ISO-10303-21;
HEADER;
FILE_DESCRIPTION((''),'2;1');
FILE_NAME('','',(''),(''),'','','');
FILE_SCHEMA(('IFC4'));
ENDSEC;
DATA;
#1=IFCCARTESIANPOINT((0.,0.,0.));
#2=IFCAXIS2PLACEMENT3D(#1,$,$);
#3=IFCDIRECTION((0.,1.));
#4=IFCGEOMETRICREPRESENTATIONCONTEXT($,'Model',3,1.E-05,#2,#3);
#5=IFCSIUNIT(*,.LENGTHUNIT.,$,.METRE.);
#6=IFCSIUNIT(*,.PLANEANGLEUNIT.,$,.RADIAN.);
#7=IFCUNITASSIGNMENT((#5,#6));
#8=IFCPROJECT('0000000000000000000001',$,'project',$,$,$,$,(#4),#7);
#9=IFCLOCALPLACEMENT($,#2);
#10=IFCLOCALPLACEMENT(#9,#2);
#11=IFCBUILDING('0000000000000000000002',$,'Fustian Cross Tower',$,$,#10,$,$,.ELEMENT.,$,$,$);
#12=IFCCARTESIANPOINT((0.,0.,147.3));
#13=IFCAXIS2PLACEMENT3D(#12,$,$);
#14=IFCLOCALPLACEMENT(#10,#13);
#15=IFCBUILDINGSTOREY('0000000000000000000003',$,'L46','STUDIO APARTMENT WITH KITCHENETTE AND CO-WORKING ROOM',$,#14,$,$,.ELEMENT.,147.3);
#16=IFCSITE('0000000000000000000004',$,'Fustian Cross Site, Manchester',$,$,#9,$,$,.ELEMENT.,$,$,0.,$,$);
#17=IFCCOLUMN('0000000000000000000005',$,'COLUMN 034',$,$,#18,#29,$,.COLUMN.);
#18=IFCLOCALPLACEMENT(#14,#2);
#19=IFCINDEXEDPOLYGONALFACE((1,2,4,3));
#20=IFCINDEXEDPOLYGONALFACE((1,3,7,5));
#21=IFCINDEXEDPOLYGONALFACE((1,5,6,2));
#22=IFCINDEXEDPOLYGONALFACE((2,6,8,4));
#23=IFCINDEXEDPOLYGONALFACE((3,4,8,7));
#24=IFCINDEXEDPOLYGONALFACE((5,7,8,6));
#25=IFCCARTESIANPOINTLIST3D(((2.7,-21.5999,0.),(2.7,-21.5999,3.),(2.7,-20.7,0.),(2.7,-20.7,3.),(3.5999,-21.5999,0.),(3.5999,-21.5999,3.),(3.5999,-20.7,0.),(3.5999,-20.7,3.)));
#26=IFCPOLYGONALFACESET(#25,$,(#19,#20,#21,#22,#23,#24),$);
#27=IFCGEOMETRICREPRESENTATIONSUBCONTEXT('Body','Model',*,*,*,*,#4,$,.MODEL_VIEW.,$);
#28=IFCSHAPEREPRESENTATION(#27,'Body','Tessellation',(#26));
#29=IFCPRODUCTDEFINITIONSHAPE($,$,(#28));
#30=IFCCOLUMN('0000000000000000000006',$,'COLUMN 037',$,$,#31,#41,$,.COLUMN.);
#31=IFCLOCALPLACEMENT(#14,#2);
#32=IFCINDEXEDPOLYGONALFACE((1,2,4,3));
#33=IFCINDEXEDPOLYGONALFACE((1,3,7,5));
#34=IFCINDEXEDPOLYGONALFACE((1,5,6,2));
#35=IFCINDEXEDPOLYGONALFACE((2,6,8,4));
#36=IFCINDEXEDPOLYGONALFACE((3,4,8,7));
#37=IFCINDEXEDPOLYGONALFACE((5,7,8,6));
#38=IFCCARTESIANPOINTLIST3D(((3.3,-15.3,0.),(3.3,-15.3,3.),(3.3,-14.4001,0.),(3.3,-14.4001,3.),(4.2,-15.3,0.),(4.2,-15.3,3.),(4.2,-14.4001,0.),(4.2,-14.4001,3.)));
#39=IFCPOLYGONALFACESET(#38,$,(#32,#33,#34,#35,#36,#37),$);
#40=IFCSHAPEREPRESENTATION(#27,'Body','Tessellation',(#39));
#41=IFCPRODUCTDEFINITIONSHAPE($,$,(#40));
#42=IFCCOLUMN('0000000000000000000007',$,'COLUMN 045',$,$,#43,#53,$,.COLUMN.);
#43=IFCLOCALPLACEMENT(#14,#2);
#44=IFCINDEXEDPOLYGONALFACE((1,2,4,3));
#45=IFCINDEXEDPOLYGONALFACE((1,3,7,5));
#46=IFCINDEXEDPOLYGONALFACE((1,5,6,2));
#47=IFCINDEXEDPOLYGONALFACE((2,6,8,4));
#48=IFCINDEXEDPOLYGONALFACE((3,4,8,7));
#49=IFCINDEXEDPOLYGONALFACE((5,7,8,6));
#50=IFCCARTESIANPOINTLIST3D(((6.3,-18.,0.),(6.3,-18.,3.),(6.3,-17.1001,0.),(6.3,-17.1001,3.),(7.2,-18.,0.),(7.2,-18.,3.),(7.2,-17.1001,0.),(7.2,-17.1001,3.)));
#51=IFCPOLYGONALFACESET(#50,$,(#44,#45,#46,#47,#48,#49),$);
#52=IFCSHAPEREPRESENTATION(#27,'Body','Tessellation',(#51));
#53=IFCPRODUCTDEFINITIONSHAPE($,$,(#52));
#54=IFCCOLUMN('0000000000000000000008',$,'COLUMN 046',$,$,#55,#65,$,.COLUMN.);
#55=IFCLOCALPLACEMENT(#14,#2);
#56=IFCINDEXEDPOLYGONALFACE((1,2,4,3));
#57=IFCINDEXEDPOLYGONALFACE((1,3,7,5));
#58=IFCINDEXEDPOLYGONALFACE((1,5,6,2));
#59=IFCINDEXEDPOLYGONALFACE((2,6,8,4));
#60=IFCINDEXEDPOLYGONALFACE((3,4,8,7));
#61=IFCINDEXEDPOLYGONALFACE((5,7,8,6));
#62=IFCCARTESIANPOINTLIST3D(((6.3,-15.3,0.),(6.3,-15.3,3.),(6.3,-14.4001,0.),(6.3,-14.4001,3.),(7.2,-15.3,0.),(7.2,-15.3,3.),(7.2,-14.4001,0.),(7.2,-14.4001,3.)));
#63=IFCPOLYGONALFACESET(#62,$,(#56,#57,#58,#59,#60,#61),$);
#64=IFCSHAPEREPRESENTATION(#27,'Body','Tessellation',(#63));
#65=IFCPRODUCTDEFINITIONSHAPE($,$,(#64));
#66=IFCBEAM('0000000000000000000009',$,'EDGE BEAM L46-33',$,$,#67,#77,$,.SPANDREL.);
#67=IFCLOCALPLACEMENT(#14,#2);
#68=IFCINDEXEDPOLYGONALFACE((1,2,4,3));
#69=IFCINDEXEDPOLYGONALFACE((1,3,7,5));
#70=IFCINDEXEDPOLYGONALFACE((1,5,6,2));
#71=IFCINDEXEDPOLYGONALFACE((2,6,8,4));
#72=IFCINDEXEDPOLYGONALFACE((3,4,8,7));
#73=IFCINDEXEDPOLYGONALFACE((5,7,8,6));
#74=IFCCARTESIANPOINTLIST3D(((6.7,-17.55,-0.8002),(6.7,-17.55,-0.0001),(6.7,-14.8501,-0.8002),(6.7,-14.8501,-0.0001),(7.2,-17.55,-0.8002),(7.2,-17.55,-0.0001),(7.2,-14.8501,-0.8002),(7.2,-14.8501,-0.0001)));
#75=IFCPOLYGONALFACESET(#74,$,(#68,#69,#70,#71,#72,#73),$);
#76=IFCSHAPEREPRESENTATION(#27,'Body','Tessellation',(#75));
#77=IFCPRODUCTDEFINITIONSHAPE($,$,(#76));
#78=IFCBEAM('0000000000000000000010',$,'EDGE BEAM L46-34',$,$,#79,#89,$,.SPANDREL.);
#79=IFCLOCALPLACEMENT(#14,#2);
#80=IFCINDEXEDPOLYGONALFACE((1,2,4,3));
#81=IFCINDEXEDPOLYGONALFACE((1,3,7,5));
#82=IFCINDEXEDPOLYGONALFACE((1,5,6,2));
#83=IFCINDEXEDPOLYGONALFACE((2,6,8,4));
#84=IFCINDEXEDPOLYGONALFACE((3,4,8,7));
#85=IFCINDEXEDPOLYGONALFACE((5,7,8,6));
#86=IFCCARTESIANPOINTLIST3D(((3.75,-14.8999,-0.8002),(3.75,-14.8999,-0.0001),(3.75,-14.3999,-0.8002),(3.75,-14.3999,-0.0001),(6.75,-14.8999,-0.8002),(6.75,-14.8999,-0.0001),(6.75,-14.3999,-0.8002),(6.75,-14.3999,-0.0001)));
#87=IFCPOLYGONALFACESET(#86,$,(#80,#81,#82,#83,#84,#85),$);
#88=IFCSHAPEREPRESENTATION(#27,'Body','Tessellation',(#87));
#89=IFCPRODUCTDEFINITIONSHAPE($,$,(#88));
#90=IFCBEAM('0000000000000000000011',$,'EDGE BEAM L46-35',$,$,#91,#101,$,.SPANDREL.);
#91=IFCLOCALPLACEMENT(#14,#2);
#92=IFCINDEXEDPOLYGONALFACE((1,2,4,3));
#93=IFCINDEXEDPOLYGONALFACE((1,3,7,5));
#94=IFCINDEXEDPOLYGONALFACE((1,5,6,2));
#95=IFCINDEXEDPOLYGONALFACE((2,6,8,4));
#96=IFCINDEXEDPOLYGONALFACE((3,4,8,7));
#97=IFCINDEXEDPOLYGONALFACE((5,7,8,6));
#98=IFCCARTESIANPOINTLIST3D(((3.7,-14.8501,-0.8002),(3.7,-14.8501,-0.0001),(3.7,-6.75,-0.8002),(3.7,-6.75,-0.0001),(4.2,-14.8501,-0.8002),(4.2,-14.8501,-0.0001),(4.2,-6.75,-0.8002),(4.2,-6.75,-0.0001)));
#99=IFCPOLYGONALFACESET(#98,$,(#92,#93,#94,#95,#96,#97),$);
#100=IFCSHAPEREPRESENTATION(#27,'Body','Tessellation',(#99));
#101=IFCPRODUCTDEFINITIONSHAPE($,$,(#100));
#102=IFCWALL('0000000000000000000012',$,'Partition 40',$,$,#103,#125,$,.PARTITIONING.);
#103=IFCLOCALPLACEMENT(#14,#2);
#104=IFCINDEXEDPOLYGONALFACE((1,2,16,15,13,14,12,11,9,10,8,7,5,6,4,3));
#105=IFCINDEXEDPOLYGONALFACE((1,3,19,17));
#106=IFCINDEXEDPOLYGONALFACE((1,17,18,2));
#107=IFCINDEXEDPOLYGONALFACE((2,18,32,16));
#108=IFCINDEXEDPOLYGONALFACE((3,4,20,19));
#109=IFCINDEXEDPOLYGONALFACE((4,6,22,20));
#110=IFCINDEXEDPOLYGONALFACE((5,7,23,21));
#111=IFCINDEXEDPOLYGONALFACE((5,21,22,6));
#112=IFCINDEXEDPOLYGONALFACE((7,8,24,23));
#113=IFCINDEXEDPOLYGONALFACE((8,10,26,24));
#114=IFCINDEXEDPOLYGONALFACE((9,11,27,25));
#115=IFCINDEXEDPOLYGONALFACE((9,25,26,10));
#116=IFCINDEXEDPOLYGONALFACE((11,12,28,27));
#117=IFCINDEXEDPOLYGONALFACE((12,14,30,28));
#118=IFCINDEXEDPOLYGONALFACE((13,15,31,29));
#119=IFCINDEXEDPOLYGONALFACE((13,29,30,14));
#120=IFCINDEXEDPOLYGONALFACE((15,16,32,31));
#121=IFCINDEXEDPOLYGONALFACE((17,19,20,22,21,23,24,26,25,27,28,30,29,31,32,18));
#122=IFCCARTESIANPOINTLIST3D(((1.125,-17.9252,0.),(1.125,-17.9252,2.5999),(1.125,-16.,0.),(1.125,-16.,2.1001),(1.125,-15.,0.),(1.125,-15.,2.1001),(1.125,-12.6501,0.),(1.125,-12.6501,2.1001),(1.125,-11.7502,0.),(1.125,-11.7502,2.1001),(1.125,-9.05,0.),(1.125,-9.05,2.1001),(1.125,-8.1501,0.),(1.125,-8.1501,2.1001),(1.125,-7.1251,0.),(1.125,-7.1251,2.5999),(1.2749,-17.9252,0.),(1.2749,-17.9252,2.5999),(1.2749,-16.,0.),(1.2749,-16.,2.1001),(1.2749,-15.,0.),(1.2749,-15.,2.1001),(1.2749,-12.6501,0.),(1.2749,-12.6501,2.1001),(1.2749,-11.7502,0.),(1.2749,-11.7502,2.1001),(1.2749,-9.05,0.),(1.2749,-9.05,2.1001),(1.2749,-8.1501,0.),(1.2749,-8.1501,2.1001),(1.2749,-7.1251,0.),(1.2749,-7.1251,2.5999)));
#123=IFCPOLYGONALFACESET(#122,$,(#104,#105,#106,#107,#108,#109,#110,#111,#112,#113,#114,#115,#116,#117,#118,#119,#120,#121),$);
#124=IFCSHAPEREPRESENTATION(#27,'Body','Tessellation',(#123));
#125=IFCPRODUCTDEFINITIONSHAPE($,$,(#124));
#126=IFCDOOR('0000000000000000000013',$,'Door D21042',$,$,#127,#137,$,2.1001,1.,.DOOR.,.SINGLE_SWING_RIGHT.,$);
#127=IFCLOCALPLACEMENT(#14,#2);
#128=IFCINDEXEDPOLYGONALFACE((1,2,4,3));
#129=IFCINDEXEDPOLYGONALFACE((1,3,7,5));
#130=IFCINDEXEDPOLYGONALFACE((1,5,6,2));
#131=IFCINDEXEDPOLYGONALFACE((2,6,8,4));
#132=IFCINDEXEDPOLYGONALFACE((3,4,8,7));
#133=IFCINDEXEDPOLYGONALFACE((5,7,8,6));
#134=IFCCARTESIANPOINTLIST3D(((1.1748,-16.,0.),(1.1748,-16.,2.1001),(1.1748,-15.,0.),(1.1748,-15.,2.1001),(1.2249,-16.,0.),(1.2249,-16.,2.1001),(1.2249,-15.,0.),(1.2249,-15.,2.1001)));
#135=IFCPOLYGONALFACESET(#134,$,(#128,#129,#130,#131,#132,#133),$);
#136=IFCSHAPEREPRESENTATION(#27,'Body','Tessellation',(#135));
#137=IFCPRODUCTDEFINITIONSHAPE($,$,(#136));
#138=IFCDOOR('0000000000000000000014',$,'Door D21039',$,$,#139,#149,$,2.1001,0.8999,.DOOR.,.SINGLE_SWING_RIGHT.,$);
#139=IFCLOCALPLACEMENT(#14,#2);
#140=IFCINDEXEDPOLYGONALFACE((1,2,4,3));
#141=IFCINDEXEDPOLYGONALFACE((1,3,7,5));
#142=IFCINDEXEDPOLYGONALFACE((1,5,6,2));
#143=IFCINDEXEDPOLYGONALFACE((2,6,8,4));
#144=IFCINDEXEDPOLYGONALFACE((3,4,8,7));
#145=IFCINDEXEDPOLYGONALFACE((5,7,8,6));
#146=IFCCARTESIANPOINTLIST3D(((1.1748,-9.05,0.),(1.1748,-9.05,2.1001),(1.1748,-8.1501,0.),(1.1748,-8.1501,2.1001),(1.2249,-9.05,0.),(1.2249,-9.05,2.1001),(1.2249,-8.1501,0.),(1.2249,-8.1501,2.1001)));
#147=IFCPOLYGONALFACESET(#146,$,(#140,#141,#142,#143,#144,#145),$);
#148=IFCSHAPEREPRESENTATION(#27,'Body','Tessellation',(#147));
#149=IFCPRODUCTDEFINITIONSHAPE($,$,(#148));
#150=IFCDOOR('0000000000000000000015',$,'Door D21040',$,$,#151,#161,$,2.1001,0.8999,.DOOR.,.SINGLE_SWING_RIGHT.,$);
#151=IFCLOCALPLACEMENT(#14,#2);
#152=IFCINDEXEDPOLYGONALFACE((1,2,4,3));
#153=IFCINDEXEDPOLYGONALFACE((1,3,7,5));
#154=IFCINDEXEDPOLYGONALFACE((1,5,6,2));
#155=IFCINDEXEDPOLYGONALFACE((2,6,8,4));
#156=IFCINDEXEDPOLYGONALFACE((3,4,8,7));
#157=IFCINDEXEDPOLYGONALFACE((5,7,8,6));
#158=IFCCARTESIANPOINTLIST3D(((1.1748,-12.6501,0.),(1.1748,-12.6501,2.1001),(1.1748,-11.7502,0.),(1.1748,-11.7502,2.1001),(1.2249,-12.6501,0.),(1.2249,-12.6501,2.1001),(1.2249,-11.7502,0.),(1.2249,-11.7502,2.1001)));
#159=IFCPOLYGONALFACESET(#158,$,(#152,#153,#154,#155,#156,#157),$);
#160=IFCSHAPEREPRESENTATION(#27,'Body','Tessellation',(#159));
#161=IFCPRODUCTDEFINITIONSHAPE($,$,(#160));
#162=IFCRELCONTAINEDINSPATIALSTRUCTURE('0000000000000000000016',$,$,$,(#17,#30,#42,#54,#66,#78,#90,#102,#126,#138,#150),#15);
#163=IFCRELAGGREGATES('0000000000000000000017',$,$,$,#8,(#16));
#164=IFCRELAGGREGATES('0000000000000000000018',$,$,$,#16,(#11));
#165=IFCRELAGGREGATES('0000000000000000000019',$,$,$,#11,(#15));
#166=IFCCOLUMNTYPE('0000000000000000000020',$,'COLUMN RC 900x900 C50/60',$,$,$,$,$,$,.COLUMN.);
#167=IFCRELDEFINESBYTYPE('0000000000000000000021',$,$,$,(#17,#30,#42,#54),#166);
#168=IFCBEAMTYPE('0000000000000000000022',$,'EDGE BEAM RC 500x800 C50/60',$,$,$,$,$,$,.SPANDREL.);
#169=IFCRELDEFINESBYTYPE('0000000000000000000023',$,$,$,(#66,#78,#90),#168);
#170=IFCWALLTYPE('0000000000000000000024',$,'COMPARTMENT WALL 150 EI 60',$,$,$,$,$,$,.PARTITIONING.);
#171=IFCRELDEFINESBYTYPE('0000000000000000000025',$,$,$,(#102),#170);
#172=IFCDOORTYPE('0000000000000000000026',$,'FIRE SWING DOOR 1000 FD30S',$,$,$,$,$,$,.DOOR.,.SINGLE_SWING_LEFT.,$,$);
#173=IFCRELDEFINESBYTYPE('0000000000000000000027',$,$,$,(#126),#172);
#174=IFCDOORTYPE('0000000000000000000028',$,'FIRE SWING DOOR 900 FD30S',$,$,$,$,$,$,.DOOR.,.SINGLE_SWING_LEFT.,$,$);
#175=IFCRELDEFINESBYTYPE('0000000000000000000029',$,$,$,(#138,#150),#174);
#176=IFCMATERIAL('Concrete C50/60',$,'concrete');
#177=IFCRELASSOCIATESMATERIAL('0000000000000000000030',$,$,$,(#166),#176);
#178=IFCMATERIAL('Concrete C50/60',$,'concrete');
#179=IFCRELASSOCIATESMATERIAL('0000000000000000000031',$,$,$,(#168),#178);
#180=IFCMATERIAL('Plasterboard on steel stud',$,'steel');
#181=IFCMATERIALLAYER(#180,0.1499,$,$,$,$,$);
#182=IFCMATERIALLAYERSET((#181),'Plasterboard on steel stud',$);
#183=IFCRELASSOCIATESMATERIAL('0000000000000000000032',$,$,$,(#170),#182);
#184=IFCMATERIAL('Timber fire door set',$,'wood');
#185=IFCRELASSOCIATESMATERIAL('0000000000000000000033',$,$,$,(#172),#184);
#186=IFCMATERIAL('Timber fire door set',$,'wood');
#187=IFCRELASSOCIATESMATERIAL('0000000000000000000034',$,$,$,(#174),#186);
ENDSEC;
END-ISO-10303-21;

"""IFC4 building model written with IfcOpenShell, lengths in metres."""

from ifc_helpers import new_model, si_unit, direction, frame, frame_2d, origin, origin_2d, place, context, subcontext, project, spatial, rectangle, extrude, material, layer, layer_set, material_profile, profile_set, type_object, element, fill, save


model = new_model("IFC4")

# Units and contexts
model_context = context("Model", 3, precision=1e-05, world=origin(), true_north=direction((0.0, 1.0)))
body_context = subcontext(model_context, "Body", "Model", "MODEL_VIEW")
ifc_project = project(units=[si_unit("LENGTHUNIT", "METRE"), si_unit("PLANEANGLEUNIT", "RADIAN")], contexts=[model_context])

# Site, building, storey
site_placement = place(None, origin())
site = spatial("IfcSite", under=ifc_project, at=site_placement, Name="Fustian Cross Site, Manchester", CompositionType="ELEMENT", RefElevation=0.0)
building_placement = place(site_placement, origin())
building = spatial("IfcBuilding", under=site, at=building_placement, Name="Fustian Cross Tower", CompositionType="ELEMENT")
storey_placement = place(building_placement, frame((0.0, 0.0, 147.3)))
storey = spatial("IfcBuildingStorey", under=building, at=storey_placement, Name="L46", Description="STUDIO APARTMENT WITH KITCHENETTE AND CO-WORKING ROOM", CompositionType="ELEMENT", Elevation=147.3)

# Columns
ifc_material_1 = material(Name="Concrete C50/60", Category="concrete")
ifc_material_profile_1 = material_profile(ifc_material_1, rectangle(XDim=0.8999, YDim=0.8999, at=origin_2d()), Name="RC 900x900")
ifc_profile_set_1 = profile_set([ifc_material_profile_1], Name="Concrete C50/60")
column_type = type_object("IfcColumnType", Name="COLUMN RC 900x900 C50/60", PredefinedType="COLUMN", material=ifc_profile_set_1)
for number, where, z_axis, x_axis, name in (
    (1, (3.1499, -21.1499, 0.0), (0.0, 0.0, 1.0), (1.0, 0.0, 0.0), "COLUMN 034"),
    (2, (3.75, -14.8501, 0.0), (0.0, 0.0, 1.0), (1.0, 0.0, 0.0), "COLUMN 037"),
    (3, (6.75, -17.55, 0.0), (0.0, 0.0, 1.0), (1.0, 0.0, 0.0), "COLUMN 045"),
    (4, (6.75, -14.8501, 0.0), (0.0, 0.0, 1.0), (1.0, 0.0, 0.0), "COLUMN 046"),
):
    element("IfcColumn", number, at=place(storey_placement, frame(where, z_axis=z_axis, x_axis=x_axis)), inside=storey, type_object=column_type, Name=name, PredefinedType="COLUMN", context=body_context, shape_type="SweptSolid", body=[
        extrude(rectangle(XDim=0.8999, YDim=0.8999, at=origin_2d()), origin(), (0.0, 0.0, 1.0), 3.0),
    ])

# Beams
ifc_material_2 = material(Name="Concrete C50/60", Category="concrete")
ifc_material_profile_2 = material_profile(ifc_material_2, rectangle(XDim=0.5, YDim=0.8, at=origin_2d()), Name="RC 500x800")
ifc_profile_set_2 = profile_set([ifc_material_profile_2], Name="Concrete C50/60")
beam_type = type_object("IfcBeamType", Name="EDGE BEAM RC 500x800 C50/60", PredefinedType="SPANDREL", material=ifc_profile_set_2)
beam_1_placement = place(storey_placement, frame((6.95, -17.55, -0.4001), z_axis=(0.0, 1.0, 0.0), x_axis=(-1.0, 0.0, 0.0)))
element("IfcBeam", 5, at=beam_1_placement, inside=storey, type_object=beam_type, Name="EDGE BEAM L46-33", PredefinedType="SPANDREL", context=body_context, shape_type="SweptSolid", body=[
    extrude(rectangle(XDim=0.5, YDim=0.8, at=origin_2d()), origin(), (0.0, 0.0, 1.0), 2.7),
])
beam_2_placement = place(storey_placement, frame((6.75, -14.6499, -0.4001), z_axis=(-1.0, 0.0, 0.0), x_axis=(0.0, -1.0, 0.0)))
element("IfcBeam", 6, at=beam_2_placement, inside=storey, type_object=beam_type, Name="EDGE BEAM L46-34", PredefinedType="SPANDREL", context=body_context, shape_type="SweptSolid", body=[
    extrude(rectangle(XDim=0.5, YDim=0.8, at=origin_2d()), origin(), (0.0, 0.0, 1.0), 3.0),
])
beam_3_placement = place(storey_placement, frame((3.95, -14.8501, -0.4001), z_axis=(0.0, 1.0, 0.0), x_axis=(-1.0, 0.0, 0.0)))
element("IfcBeam", 7, at=beam_3_placement, inside=storey, type_object=beam_type, Name="EDGE BEAM L46-35", PredefinedType="SPANDREL", context=body_context, shape_type="SweptSolid", body=[
    extrude(rectangle(XDim=0.5, YDim=0.8, at=origin_2d()), origin(), (0.0, 0.0, 1.0), 8.1001),
])

# Wall, openings, doors
ifc_material_3 = material(Name="Plasterboard on steel stud", Category="steel")
ifc_layer_1 = layer(ifc_material_3, 0.1499)
ifc_layer_set_1 = layer_set([ifc_layer_1], Name="Plasterboard on steel stud")
wall_type_1 = type_object("IfcWallType", Name="COMPARTMENT WALL 150 EI 60", PredefinedType="PARTITIONING", material=ifc_layer_set_1)
wall_1_placement = place(storey_placement, frame((1.2, -17.925, 0.0), z_axis=(0.0, 0.0, 1.0), x_axis=(0.0, 1.0, 0.0)))
wall_1 = element("IfcWall", 8, at=wall_1_placement, inside=storey, type_object=wall_type_1, Name="Partition 40", PredefinedType="PARTITIONING", context=body_context, shape_type="SweptSolid", body=[
    extrude(rectangle(XDim=10.8, YDim=0.1499, at=frame_2d((5.3999, 0.0))), origin(), (0.0, 0.0, 1.0), 2.5999),
])
opening_1_placement = place(wall_1_placement, frame((8.875, 0.0, 0.0)))
opening_1 = element("IfcOpeningElement", 9, at=opening_1_placement, cuts=wall_1, PredefinedType="OPENING", context=body_context, shape_type="SweptSolid", body=[
    extrude(rectangle(XDim=0.8999, YDim=2.1001, at=frame_2d((0.45, 1.05))), frame((0.0, 0.085, 0.0), z_axis=(0.0, -1.0, 0.0), x_axis=(1.0, 0.0, 0.0)), (0.0, 0.0, 1.0), 0.1699),
])
opening_2_placement = place(wall_1_placement, frame((5.2749, 0.0, 0.0)))
opening_2 = element("IfcOpeningElement", 10, at=opening_2_placement, cuts=wall_1, PredefinedType="OPENING", context=body_context, shape_type="SweptSolid", body=[
    extrude(rectangle(XDim=0.8999, YDim=2.1001, at=frame_2d((0.45, 1.05))), frame((0.0, 0.085, 0.0), z_axis=(0.0, -1.0, 0.0), x_axis=(1.0, 0.0, 0.0)), (0.0, 0.0, 1.0), 0.1699),
])
opening_3_placement = place(wall_1_placement, frame((1.925, 0.0, 0.0)))
opening_3 = element("IfcOpeningElement", 11, at=opening_3_placement, cuts=wall_1, PredefinedType="OPENING", context=body_context, shape_type="SweptSolid", body=[
    extrude(rectangle(XDim=1.0, YDim=2.1001, at=frame_2d((0.5, 1.05))), frame((0.0, 0.085, 0.0), z_axis=(0.0, -1.0, 0.0), x_axis=(1.0, 0.0, 0.0)), (0.0, 0.0, 1.0), 0.1699),
])
ifc_material_4 = material(Name="Timber fire door set", Category="wood")
door_type_1 = type_object("IfcDoorType", Name="FIRE SWING DOOR 1000 FD30S", OperationType="SINGLE_SWING_LEFT", PredefinedType="DOOR", material=ifc_material_4)
door_1_placement = place(opening_3_placement, frame((1.0, 0.0, 0.0), z_axis=(0.0, 0.0, 1.0), x_axis=(-1.0, 0.0, 0.0)))
door_1 = element("IfcDoor", 12, at=door_1_placement, inside=storey, type_object=door_type_1, Name="Door D21042", OperationType="SINGLE_SWING_RIGHT", OverallHeight=2.1001, OverallWidth=1.0, PredefinedType="DOOR", context=body_context, shape_type="SweptSolid", body=[
    extrude(rectangle(XDim=1.0, YDim=2.1001, at=frame_2d((0.5, 1.05))), frame((0.0, 0.0249, 0.0), z_axis=(0.0, -1.0, 0.0), x_axis=(1.0, 0.0, 0.0)), (0.0, 0.0, 1.0), 0.05),
])
fill(opening_3, door_1)
ifc_material_5 = material(Name="Timber fire door set", Category="wood")
door_type_2 = type_object("IfcDoorType", Name="FIRE SWING DOOR 900 FD30S", OperationType="SINGLE_SWING_LEFT", PredefinedType="DOOR", material=ifc_material_5)
door_2_placement = place(opening_1_placement, frame((0.8999, 0.0, 0.0), z_axis=(0.0, 0.0, 1.0), x_axis=(-1.0, 0.0, 0.0)))
door_2 = element("IfcDoor", 13, at=door_2_placement, inside=storey, type_object=door_type_2, Name="Door D21039", OperationType="SINGLE_SWING_RIGHT", OverallHeight=2.1001, OverallWidth=0.8999, PredefinedType="DOOR", context=body_context, shape_type="SweptSolid", body=[
    extrude(rectangle(XDim=0.8999, YDim=2.1001, at=frame_2d((0.45, 1.05))), frame((0.0, 0.0249, 0.0), z_axis=(0.0, -1.0, 0.0), x_axis=(1.0, 0.0, 0.0)), (0.0, 0.0, 1.0), 0.05),
])
fill(opening_1, door_2)
door_3_placement = place(opening_2_placement, frame((0.8999, 0.0, 0.0), z_axis=(0.0, 0.0, 1.0), x_axis=(-1.0, 0.0, 0.0)))
door_3 = element("IfcDoor", 14, at=door_3_placement, inside=storey, type_object=door_type_2, Name="Door D21040", OperationType="SINGLE_SWING_RIGHT", OverallHeight=2.1001, OverallWidth=0.8999, PredefinedType="DOOR", context=body_context, shape_type="SweptSolid", body=[
    extrude(rectangle(XDim=0.8999, YDim=2.1001, at=frame_2d((0.45, 1.05))), frame((0.0, 0.0249, 0.0), z_axis=(0.0, -1.0, 0.0), x_axis=(1.0, 0.0, 0.0)), (0.0, 0.0, 1.0), 0.05),
])
fill(opening_2, door_3)

save(model, "model.ifc")
